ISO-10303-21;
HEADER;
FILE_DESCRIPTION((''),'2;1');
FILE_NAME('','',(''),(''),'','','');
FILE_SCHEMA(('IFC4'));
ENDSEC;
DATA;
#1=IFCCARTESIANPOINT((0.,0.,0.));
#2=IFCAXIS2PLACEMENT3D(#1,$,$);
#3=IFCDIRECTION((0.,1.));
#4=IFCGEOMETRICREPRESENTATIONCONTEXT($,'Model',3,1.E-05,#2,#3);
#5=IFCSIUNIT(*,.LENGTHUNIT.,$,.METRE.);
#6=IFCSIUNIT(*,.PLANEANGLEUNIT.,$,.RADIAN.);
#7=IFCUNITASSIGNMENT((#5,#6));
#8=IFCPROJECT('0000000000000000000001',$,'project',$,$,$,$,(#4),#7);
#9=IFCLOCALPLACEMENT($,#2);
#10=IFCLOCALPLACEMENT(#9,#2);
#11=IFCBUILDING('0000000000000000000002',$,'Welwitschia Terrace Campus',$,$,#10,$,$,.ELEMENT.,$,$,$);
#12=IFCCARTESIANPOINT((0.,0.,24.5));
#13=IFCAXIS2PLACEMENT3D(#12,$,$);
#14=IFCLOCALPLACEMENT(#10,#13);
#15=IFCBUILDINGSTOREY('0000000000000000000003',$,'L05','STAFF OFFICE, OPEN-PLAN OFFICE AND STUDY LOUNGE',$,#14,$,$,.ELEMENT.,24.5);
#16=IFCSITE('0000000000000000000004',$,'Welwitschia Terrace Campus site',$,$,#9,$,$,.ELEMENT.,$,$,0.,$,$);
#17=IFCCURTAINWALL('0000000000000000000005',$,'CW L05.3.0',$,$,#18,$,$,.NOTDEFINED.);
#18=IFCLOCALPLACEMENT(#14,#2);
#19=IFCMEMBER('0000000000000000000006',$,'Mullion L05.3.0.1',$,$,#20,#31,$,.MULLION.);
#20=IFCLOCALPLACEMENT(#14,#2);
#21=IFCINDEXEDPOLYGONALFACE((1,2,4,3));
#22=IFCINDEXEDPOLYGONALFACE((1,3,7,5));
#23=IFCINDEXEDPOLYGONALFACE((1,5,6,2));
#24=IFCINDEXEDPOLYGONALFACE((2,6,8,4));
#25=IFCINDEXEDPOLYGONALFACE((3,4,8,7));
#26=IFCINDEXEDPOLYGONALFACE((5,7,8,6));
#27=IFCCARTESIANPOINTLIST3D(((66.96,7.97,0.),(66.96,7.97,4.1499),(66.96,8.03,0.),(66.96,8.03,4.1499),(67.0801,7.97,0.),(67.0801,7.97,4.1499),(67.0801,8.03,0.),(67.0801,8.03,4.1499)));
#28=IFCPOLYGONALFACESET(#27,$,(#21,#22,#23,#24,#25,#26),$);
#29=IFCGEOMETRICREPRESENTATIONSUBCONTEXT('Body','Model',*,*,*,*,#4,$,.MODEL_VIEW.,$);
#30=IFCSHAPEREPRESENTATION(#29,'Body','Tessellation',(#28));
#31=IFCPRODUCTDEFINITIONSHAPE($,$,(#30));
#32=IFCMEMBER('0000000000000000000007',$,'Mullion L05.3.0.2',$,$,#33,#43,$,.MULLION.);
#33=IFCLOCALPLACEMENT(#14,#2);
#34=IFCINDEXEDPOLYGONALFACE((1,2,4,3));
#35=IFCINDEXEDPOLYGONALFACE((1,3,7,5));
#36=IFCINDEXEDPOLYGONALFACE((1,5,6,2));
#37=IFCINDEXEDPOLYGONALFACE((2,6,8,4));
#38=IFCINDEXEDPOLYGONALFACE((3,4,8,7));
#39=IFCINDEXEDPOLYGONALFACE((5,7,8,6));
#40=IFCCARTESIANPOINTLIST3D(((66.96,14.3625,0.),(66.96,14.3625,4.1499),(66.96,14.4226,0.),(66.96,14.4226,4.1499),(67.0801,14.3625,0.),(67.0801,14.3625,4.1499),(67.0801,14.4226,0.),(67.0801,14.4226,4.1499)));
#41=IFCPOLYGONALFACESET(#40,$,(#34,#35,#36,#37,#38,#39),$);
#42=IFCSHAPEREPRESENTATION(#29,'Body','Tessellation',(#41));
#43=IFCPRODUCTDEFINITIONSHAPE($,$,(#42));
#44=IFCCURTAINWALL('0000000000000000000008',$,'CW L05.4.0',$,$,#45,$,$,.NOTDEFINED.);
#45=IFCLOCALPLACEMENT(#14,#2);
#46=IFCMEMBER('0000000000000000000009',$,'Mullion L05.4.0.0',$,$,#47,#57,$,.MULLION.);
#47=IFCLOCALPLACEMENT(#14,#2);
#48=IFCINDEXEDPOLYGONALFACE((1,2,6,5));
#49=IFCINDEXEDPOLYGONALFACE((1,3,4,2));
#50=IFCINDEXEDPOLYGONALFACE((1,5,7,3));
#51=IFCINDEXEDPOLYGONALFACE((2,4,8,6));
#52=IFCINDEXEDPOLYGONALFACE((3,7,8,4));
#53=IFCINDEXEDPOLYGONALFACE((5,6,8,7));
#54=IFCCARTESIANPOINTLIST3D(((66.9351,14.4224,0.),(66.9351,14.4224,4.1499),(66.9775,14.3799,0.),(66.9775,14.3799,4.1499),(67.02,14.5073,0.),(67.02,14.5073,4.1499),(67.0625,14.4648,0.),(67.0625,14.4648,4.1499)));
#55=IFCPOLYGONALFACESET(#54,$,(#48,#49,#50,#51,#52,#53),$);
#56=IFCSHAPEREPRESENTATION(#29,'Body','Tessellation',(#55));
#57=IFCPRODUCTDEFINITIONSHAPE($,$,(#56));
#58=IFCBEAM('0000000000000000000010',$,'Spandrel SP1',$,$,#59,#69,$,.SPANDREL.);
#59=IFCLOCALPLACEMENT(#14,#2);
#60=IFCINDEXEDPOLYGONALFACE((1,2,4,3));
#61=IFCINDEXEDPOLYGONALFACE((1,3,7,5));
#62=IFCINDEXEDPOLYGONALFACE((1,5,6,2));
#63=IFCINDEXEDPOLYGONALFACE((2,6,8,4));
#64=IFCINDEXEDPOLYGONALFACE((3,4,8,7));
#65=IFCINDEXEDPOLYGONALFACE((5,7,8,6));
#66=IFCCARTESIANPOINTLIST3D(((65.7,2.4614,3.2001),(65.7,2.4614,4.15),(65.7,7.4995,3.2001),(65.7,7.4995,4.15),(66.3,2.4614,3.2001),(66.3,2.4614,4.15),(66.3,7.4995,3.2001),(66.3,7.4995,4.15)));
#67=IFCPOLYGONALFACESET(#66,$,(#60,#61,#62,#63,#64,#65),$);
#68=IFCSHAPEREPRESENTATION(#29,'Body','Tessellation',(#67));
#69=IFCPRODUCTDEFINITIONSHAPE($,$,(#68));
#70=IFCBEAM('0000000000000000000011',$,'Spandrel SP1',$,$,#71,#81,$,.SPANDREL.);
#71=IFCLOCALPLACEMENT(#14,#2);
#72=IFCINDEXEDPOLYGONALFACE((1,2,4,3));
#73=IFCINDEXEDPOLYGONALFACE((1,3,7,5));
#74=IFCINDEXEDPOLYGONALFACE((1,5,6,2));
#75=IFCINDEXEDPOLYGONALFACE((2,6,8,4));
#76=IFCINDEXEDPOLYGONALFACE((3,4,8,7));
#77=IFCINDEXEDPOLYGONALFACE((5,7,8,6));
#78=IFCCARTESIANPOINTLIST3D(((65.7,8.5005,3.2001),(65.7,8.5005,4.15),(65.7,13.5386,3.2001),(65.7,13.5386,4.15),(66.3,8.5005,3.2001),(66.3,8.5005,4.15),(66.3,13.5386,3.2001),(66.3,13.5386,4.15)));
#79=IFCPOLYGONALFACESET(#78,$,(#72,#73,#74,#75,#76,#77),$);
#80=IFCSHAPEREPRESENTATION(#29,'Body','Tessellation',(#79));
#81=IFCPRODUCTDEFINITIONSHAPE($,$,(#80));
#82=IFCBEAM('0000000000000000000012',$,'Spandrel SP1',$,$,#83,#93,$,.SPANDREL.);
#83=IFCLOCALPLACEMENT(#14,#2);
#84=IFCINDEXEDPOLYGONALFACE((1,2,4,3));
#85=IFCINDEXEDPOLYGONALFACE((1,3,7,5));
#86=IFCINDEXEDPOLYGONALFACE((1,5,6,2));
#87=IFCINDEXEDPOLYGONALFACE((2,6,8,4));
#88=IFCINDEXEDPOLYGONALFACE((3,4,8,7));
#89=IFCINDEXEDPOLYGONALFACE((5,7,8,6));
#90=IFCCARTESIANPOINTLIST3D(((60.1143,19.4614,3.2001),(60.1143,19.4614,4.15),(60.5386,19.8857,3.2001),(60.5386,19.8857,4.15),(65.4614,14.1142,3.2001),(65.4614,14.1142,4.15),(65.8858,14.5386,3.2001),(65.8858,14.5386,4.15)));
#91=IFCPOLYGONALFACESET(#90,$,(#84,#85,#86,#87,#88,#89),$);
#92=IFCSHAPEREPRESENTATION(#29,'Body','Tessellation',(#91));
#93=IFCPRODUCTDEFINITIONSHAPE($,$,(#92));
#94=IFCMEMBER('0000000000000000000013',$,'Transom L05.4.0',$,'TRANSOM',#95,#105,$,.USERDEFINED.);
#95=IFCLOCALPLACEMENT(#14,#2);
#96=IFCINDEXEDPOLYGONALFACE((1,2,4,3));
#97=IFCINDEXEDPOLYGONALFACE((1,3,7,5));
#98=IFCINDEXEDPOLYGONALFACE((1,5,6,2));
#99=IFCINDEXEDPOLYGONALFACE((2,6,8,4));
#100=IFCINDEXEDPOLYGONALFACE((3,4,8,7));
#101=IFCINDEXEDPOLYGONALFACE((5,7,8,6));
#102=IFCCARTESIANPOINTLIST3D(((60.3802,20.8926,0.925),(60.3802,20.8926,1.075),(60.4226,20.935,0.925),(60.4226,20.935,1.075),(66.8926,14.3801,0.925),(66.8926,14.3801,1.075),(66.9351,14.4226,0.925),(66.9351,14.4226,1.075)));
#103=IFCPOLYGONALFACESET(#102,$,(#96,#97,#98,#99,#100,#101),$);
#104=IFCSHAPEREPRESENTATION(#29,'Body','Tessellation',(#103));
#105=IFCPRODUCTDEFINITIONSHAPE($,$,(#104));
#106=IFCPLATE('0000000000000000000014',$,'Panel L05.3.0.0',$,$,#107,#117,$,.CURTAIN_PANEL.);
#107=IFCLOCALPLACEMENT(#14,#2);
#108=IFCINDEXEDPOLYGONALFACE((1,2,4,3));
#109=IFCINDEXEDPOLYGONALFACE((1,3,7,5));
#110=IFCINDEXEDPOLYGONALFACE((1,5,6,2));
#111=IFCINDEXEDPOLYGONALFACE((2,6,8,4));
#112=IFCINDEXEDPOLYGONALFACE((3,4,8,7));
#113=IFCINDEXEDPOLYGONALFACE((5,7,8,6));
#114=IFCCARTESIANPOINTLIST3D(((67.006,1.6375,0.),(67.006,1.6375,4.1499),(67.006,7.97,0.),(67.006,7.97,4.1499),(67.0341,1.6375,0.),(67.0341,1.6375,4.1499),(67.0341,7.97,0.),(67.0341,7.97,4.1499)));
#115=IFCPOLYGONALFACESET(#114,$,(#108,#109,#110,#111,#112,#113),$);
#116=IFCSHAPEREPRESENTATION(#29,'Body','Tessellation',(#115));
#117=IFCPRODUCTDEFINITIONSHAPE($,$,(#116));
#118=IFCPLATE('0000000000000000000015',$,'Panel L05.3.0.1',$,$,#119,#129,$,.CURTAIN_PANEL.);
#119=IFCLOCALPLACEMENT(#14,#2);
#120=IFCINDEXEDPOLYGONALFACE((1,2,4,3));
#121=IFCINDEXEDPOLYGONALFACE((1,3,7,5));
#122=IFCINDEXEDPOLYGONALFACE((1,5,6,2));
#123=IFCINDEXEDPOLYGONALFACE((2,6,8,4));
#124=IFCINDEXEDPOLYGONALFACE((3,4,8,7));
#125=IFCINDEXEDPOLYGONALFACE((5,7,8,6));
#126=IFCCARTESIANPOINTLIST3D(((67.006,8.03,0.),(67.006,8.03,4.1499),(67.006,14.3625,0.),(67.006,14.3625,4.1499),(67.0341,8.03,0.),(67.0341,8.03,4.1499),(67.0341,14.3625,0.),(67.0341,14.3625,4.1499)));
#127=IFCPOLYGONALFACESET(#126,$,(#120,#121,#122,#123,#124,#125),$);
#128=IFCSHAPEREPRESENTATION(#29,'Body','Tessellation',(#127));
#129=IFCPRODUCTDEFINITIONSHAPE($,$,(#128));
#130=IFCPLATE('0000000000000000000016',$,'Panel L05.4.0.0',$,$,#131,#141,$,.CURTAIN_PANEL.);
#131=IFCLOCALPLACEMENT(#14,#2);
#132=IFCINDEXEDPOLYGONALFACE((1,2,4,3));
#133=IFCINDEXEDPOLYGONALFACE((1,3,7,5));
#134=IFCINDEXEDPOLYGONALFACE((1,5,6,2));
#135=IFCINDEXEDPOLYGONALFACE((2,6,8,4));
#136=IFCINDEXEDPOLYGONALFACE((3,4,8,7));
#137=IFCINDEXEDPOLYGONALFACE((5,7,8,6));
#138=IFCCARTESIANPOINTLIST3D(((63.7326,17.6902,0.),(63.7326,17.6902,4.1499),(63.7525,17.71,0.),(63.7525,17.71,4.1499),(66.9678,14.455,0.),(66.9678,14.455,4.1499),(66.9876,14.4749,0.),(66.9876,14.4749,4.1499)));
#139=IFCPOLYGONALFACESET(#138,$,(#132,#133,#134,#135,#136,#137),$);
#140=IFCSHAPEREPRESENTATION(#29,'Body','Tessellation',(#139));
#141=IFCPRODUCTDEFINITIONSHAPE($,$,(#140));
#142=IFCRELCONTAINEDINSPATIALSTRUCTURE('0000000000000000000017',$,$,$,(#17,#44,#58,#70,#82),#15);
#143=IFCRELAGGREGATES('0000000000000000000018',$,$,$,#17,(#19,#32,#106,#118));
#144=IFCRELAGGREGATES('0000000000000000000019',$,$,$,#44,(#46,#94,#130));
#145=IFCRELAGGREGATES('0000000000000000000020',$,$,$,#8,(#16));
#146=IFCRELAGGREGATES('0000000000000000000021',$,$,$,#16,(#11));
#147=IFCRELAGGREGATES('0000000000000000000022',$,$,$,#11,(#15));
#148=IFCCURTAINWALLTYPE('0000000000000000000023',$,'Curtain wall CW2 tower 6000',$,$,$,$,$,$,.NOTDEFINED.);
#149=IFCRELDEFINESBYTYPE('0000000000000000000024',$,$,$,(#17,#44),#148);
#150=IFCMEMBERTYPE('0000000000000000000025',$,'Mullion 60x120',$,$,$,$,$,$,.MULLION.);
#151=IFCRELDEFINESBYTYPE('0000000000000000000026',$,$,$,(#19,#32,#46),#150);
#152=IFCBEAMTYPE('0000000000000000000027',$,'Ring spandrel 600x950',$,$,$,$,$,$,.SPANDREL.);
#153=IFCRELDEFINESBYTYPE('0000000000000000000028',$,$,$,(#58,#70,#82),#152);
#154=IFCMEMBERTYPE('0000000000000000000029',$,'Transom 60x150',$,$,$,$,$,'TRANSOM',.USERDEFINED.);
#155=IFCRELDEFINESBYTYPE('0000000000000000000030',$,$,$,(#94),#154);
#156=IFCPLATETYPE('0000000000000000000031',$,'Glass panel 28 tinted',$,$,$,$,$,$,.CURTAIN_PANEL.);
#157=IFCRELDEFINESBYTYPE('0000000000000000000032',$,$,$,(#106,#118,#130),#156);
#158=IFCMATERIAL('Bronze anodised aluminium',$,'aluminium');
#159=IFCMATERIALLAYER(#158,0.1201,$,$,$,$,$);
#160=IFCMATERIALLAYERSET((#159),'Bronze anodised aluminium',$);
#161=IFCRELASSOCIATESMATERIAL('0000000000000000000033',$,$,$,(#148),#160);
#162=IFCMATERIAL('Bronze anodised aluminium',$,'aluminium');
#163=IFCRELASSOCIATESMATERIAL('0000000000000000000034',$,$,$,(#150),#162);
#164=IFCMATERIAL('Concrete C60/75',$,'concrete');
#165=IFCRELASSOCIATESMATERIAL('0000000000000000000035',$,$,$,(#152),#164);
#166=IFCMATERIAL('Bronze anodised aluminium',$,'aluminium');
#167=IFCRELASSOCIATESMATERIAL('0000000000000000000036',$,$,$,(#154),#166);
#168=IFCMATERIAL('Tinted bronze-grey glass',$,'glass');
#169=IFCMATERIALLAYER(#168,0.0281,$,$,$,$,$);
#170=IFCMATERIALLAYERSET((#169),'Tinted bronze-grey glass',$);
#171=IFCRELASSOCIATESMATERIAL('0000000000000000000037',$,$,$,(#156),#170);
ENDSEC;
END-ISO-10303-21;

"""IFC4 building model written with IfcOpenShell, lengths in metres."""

from ifc_helpers import new_model, si_unit, direction, frame, origin, origin_2d, place, context, subcontext, project, spatial, rectangle, extrude, material, layer, layer_set, material_profile, profile_set, type_object, element, aggregate, save


model = new_model("IFC4")

# Units and contexts
model_context = context("Model", 3, precision=1e-05, world=origin(), true_north=direction((0.0, 1.0)))
body_context = subcontext(model_context, "Body", "Model", "MODEL_VIEW")
ifc_project = project(units=[si_unit("LENGTHUNIT", "METRE"), si_unit("PLANEANGLEUNIT", "RADIAN")], contexts=[model_context])

# Site, building, storey
site_placement = place(None, origin())
site = spatial("IfcSite", under=ifc_project, at=site_placement, Name="Welwitschia Terrace Campus site", CompositionType="ELEMENT", RefElevation=0.0)
building_placement = place(site_placement, origin())
building = spatial("IfcBuilding", under=site, at=building_placement, Name="Welwitschia Terrace Campus", CompositionType="ELEMENT")
storey_placement = place(building_placement, frame((0.0, 0.0, 24.5)))
storey = spatial("IfcBuildingStorey", under=building, at=storey_placement, Name="L05", Description="STAFF OFFICE, OPEN-PLAN OFFICE AND STUDY LOUNGE", CompositionType="ELEMENT", Elevation=24.5)

# Curtain wall, members
ifc_material_1 = material(Name="Bronze anodised aluminium", Category="aluminium")
ifc_layer_1 = layer(ifc_material_1, 0.1201)
ifc_layer_set_1 = layer_set([ifc_layer_1], Name="Bronze anodised aluminium")
curtain_wall_type = type_object("IfcCurtainWallType", Name="Curtain wall CW2 tower 6000", PredefinedType="NOTDEFINED", material=ifc_layer_set_1)
curtain_wall_1_placement = place(storey_placement, origin())
curtain_wall_1 = element("IfcCurtainWall", 1, at=curtain_wall_1_placement, inside=storey, type_object=curtain_wall_type, Name="CW L05.3.0", PredefinedType="NOTDEFINED")
ifc_material_2 = material(Name="Bronze anodised aluminium", Category="aluminium")
ifc_material_profile_1 = material_profile(ifc_material_2, rectangle(XDim=0.1201, YDim=0.0601, at=origin_2d()))
ifc_profile_set_1 = profile_set([ifc_material_profile_1], Name="Bronze anodised aluminium")
member_type_1 = type_object("IfcMemberType", Name="Mullion 60x120", PredefinedType="MULLION", material=ifc_profile_set_1)
member_1_placement = place(storey_placement, frame((67.02, 8.0, 0.0), z_axis=(0.0, 0.0, 1.0), x_axis=(-1.0, 0.0, 0.0)))
member_1 = element("IfcMember", 2, at=member_1_placement, type_object=member_type_1, Name="Mullion L05.3.0.1", PredefinedType="MULLION", context=body_context, shape_type="SweptSolid", body=[
    extrude(rectangle(XDim=0.1201, YDim=0.0601, at=origin_2d()), origin(), (0.0, 0.0, 1.0), 4.1499),
])
member_2_placement = place(storey_placement, frame((67.02, 14.3926, 0.0), z_axis=(0.0, 0.0, 1.0), x_axis=(-1.0, 0.0, 0.0)))
member_2 = element("IfcMember", 3, at=member_2_placement, type_object=member_type_1, Name="Mullion L05.3.0.2", PredefinedType="MULLION", context=body_context, shape_type="SweptSolid", body=[
    extrude(rectangle(XDim=0.1201, YDim=0.0601, at=origin_2d()), origin(), (0.0, 0.0, 1.0), 4.1499),
])

# Curtain wall, member
curtain_wall_2_placement = place(storey_placement, origin())
curtain_wall_2 = element("IfcCurtainWall", 4, at=curtain_wall_2_placement, inside=storey, type_object=curtain_wall_type, Name="CW L05.4.0", PredefinedType="NOTDEFINED")
member_3_placement = place(storey_placement, frame((66.9988, 14.4436, 0.0), z_axis=(0.0, 0.0, 1.0), x_axis=(-0.707107, -0.707107, 0.0)))
member_3 = element("IfcMember", 5, at=member_3_placement, type_object=member_type_1, Name="Mullion L05.4.0.0", PredefinedType="MULLION", context=body_context, shape_type="SweptSolid", body=[
    extrude(rectangle(XDim=0.1201, YDim=0.0601, at=origin_2d()), origin(), (0.0, 0.0, 1.0), 4.1499),
])

# Beams
ifc_material_3 = material(Name="Concrete C60/75", Category="concrete")
ifc_material_profile_2 = material_profile(ifc_material_3, rectangle(XDim=0.6001, YDim=0.95, at=origin_2d()))
ifc_profile_set_2 = profile_set([ifc_material_profile_2], Name="Concrete C60/75")
beam_type_1 = type_object("IfcBeamType", Name="Ring spandrel 600x950", PredefinedType="SPANDREL", material=ifc_profile_set_2)
for number, where, z_axis, x_axis, name in (
    (6, (66.0, 2.4614, 3.675), (0.0, 1.0, 0.0), (-1.0, 0.0, 0.0), "Spandrel SP1"),
    (7, (66.0, 8.5005, 3.675), (0.0, 1.0, 0.0), (-1.0, 0.0, 0.0), "Spandrel SP1"),
):
    element("IfcBeam", number, at=place(storey_placement, frame(where, z_axis=z_axis, x_axis=x_axis)), inside=storey, type_object=beam_type_1, Name=name, PredefinedType="SPANDREL", context=body_context, shape_type="SweptSolid", body=[
        extrude(rectangle(XDim=0.6001, YDim=0.95, at=origin_2d()), origin(), (0.0, 0.0, 1.0), 5.0381),
    ])
beam_1_placement = place(storey_placement, frame((65.6736, 14.3264, 3.675), z_axis=(-0.707107, 0.707107, 0.0), x_axis=(-0.707107, -0.707107, 0.0)))
element("IfcBeam", 8, at=beam_1_placement, inside=storey, type_object=beam_type_1, Name="Spandrel SP1", PredefinedType="SPANDREL", context=body_context, shape_type="SweptSolid", body=[
    extrude(rectangle(XDim=0.6001, YDim=0.95, at=origin_2d()), origin(), (0.0, 0.0, 1.0), 7.562),
])

# Member
ifc_material_4 = material(Name="Bronze anodised aluminium", Category="aluminium")
ifc_material_profile_3 = material_profile(ifc_material_4, rectangle(XDim=0.0601, YDim=0.1499, at=origin_2d()))
ifc_profile_set_3 = profile_set([ifc_material_profile_3], Name="Bronze anodised aluminium")
member_type_2 = type_object("IfcMemberType", Name="Transom 60x150", ElementType="TRANSOM", PredefinedType="USERDEFINED", material=ifc_profile_set_3)
member_4_placement = place(storey_placement, frame((66.9138, 14.4014, 1.0), z_axis=(-0.707107, 0.707107, 0.0), x_axis=(-0.707107, -0.707107, 0.0)))
member_4 = element("IfcMember", 9, at=member_4_placement, type_object=member_type_2, Name="Transom L05.4.0", ObjectType="TRANSOM", PredefinedType="USERDEFINED", context=body_context, shape_type="SweptSolid", body=[
    extrude(rectangle(XDim=0.0601, YDim=0.1499, at=origin_2d()), origin(), (0.0, 0.0, 1.0), 9.21),
])

# Plates
ifc_material_5 = material(Name="Tinted bronze-grey glass", Category="glass")
ifc_layer_2 = layer(ifc_material_5, 0.0281)
ifc_layer_set_2 = layer_set([ifc_layer_2], Name="Tinted bronze-grey glass")
plate_type = type_object("IfcPlateType", Name="Glass panel 28 tinted", PredefinedType="CURTAIN_PANEL", material=ifc_layer_set_2)
plate_1_placement = place(storey_placement, frame((67.02, 4.8037, 0.0), z_axis=(0.0, 0.0, 1.0), x_axis=(0.0, 1.0, 0.0)))
plate_1 = element("IfcPlate", 10, at=plate_1_placement, type_object=plate_type, Name="Panel L05.3.0.0", PredefinedType="CURTAIN_PANEL", context=body_context, shape_type="SweptSolid", body=[
    extrude(rectangle(XDim=6.3325, YDim=0.0281, at=origin_2d()), origin(), (0.0, 0.0, 1.0), 4.1499),
])
plate_2_placement = place(storey_placement, frame((67.02, 11.1963, 0.0), z_axis=(0.0, 0.0, 1.0), x_axis=(0.0, 1.0, 0.0)))
plate_2 = element("IfcPlate", 11, at=plate_2_placement, type_object=plate_type, Name="Panel L05.3.0.1", PredefinedType="CURTAIN_PANEL", context=body_context, shape_type="SweptSolid", body=[
    extrude(rectangle(XDim=6.3325, YDim=0.0281, at=origin_2d()), origin(), (0.0, 0.0, 1.0), 4.1499),
])
aggregate(curtain_wall_1, [member_1, member_2, plate_1, plate_2])
plate_3_placement = place(storey_placement, frame((65.3601, 16.0825, 0.0), z_axis=(0.0, 0.0, 1.0), x_axis=(-0.707107, 0.707107, 0.0)))
plate_3 = element("IfcPlate", 12, at=plate_3_placement, type_object=plate_type, Name="Panel L05.4.0.0", PredefinedType="CURTAIN_PANEL", context=body_context, shape_type="SweptSolid", body=[
    extrude(rectangle(XDim=4.5752, YDim=0.0281, at=origin_2d()), origin(), (0.0, 0.0, 1.0), 4.1499),
])
aggregate(curtain_wall_2, [member_3, member_4, plate_3])

save(model, "model.ifc")
